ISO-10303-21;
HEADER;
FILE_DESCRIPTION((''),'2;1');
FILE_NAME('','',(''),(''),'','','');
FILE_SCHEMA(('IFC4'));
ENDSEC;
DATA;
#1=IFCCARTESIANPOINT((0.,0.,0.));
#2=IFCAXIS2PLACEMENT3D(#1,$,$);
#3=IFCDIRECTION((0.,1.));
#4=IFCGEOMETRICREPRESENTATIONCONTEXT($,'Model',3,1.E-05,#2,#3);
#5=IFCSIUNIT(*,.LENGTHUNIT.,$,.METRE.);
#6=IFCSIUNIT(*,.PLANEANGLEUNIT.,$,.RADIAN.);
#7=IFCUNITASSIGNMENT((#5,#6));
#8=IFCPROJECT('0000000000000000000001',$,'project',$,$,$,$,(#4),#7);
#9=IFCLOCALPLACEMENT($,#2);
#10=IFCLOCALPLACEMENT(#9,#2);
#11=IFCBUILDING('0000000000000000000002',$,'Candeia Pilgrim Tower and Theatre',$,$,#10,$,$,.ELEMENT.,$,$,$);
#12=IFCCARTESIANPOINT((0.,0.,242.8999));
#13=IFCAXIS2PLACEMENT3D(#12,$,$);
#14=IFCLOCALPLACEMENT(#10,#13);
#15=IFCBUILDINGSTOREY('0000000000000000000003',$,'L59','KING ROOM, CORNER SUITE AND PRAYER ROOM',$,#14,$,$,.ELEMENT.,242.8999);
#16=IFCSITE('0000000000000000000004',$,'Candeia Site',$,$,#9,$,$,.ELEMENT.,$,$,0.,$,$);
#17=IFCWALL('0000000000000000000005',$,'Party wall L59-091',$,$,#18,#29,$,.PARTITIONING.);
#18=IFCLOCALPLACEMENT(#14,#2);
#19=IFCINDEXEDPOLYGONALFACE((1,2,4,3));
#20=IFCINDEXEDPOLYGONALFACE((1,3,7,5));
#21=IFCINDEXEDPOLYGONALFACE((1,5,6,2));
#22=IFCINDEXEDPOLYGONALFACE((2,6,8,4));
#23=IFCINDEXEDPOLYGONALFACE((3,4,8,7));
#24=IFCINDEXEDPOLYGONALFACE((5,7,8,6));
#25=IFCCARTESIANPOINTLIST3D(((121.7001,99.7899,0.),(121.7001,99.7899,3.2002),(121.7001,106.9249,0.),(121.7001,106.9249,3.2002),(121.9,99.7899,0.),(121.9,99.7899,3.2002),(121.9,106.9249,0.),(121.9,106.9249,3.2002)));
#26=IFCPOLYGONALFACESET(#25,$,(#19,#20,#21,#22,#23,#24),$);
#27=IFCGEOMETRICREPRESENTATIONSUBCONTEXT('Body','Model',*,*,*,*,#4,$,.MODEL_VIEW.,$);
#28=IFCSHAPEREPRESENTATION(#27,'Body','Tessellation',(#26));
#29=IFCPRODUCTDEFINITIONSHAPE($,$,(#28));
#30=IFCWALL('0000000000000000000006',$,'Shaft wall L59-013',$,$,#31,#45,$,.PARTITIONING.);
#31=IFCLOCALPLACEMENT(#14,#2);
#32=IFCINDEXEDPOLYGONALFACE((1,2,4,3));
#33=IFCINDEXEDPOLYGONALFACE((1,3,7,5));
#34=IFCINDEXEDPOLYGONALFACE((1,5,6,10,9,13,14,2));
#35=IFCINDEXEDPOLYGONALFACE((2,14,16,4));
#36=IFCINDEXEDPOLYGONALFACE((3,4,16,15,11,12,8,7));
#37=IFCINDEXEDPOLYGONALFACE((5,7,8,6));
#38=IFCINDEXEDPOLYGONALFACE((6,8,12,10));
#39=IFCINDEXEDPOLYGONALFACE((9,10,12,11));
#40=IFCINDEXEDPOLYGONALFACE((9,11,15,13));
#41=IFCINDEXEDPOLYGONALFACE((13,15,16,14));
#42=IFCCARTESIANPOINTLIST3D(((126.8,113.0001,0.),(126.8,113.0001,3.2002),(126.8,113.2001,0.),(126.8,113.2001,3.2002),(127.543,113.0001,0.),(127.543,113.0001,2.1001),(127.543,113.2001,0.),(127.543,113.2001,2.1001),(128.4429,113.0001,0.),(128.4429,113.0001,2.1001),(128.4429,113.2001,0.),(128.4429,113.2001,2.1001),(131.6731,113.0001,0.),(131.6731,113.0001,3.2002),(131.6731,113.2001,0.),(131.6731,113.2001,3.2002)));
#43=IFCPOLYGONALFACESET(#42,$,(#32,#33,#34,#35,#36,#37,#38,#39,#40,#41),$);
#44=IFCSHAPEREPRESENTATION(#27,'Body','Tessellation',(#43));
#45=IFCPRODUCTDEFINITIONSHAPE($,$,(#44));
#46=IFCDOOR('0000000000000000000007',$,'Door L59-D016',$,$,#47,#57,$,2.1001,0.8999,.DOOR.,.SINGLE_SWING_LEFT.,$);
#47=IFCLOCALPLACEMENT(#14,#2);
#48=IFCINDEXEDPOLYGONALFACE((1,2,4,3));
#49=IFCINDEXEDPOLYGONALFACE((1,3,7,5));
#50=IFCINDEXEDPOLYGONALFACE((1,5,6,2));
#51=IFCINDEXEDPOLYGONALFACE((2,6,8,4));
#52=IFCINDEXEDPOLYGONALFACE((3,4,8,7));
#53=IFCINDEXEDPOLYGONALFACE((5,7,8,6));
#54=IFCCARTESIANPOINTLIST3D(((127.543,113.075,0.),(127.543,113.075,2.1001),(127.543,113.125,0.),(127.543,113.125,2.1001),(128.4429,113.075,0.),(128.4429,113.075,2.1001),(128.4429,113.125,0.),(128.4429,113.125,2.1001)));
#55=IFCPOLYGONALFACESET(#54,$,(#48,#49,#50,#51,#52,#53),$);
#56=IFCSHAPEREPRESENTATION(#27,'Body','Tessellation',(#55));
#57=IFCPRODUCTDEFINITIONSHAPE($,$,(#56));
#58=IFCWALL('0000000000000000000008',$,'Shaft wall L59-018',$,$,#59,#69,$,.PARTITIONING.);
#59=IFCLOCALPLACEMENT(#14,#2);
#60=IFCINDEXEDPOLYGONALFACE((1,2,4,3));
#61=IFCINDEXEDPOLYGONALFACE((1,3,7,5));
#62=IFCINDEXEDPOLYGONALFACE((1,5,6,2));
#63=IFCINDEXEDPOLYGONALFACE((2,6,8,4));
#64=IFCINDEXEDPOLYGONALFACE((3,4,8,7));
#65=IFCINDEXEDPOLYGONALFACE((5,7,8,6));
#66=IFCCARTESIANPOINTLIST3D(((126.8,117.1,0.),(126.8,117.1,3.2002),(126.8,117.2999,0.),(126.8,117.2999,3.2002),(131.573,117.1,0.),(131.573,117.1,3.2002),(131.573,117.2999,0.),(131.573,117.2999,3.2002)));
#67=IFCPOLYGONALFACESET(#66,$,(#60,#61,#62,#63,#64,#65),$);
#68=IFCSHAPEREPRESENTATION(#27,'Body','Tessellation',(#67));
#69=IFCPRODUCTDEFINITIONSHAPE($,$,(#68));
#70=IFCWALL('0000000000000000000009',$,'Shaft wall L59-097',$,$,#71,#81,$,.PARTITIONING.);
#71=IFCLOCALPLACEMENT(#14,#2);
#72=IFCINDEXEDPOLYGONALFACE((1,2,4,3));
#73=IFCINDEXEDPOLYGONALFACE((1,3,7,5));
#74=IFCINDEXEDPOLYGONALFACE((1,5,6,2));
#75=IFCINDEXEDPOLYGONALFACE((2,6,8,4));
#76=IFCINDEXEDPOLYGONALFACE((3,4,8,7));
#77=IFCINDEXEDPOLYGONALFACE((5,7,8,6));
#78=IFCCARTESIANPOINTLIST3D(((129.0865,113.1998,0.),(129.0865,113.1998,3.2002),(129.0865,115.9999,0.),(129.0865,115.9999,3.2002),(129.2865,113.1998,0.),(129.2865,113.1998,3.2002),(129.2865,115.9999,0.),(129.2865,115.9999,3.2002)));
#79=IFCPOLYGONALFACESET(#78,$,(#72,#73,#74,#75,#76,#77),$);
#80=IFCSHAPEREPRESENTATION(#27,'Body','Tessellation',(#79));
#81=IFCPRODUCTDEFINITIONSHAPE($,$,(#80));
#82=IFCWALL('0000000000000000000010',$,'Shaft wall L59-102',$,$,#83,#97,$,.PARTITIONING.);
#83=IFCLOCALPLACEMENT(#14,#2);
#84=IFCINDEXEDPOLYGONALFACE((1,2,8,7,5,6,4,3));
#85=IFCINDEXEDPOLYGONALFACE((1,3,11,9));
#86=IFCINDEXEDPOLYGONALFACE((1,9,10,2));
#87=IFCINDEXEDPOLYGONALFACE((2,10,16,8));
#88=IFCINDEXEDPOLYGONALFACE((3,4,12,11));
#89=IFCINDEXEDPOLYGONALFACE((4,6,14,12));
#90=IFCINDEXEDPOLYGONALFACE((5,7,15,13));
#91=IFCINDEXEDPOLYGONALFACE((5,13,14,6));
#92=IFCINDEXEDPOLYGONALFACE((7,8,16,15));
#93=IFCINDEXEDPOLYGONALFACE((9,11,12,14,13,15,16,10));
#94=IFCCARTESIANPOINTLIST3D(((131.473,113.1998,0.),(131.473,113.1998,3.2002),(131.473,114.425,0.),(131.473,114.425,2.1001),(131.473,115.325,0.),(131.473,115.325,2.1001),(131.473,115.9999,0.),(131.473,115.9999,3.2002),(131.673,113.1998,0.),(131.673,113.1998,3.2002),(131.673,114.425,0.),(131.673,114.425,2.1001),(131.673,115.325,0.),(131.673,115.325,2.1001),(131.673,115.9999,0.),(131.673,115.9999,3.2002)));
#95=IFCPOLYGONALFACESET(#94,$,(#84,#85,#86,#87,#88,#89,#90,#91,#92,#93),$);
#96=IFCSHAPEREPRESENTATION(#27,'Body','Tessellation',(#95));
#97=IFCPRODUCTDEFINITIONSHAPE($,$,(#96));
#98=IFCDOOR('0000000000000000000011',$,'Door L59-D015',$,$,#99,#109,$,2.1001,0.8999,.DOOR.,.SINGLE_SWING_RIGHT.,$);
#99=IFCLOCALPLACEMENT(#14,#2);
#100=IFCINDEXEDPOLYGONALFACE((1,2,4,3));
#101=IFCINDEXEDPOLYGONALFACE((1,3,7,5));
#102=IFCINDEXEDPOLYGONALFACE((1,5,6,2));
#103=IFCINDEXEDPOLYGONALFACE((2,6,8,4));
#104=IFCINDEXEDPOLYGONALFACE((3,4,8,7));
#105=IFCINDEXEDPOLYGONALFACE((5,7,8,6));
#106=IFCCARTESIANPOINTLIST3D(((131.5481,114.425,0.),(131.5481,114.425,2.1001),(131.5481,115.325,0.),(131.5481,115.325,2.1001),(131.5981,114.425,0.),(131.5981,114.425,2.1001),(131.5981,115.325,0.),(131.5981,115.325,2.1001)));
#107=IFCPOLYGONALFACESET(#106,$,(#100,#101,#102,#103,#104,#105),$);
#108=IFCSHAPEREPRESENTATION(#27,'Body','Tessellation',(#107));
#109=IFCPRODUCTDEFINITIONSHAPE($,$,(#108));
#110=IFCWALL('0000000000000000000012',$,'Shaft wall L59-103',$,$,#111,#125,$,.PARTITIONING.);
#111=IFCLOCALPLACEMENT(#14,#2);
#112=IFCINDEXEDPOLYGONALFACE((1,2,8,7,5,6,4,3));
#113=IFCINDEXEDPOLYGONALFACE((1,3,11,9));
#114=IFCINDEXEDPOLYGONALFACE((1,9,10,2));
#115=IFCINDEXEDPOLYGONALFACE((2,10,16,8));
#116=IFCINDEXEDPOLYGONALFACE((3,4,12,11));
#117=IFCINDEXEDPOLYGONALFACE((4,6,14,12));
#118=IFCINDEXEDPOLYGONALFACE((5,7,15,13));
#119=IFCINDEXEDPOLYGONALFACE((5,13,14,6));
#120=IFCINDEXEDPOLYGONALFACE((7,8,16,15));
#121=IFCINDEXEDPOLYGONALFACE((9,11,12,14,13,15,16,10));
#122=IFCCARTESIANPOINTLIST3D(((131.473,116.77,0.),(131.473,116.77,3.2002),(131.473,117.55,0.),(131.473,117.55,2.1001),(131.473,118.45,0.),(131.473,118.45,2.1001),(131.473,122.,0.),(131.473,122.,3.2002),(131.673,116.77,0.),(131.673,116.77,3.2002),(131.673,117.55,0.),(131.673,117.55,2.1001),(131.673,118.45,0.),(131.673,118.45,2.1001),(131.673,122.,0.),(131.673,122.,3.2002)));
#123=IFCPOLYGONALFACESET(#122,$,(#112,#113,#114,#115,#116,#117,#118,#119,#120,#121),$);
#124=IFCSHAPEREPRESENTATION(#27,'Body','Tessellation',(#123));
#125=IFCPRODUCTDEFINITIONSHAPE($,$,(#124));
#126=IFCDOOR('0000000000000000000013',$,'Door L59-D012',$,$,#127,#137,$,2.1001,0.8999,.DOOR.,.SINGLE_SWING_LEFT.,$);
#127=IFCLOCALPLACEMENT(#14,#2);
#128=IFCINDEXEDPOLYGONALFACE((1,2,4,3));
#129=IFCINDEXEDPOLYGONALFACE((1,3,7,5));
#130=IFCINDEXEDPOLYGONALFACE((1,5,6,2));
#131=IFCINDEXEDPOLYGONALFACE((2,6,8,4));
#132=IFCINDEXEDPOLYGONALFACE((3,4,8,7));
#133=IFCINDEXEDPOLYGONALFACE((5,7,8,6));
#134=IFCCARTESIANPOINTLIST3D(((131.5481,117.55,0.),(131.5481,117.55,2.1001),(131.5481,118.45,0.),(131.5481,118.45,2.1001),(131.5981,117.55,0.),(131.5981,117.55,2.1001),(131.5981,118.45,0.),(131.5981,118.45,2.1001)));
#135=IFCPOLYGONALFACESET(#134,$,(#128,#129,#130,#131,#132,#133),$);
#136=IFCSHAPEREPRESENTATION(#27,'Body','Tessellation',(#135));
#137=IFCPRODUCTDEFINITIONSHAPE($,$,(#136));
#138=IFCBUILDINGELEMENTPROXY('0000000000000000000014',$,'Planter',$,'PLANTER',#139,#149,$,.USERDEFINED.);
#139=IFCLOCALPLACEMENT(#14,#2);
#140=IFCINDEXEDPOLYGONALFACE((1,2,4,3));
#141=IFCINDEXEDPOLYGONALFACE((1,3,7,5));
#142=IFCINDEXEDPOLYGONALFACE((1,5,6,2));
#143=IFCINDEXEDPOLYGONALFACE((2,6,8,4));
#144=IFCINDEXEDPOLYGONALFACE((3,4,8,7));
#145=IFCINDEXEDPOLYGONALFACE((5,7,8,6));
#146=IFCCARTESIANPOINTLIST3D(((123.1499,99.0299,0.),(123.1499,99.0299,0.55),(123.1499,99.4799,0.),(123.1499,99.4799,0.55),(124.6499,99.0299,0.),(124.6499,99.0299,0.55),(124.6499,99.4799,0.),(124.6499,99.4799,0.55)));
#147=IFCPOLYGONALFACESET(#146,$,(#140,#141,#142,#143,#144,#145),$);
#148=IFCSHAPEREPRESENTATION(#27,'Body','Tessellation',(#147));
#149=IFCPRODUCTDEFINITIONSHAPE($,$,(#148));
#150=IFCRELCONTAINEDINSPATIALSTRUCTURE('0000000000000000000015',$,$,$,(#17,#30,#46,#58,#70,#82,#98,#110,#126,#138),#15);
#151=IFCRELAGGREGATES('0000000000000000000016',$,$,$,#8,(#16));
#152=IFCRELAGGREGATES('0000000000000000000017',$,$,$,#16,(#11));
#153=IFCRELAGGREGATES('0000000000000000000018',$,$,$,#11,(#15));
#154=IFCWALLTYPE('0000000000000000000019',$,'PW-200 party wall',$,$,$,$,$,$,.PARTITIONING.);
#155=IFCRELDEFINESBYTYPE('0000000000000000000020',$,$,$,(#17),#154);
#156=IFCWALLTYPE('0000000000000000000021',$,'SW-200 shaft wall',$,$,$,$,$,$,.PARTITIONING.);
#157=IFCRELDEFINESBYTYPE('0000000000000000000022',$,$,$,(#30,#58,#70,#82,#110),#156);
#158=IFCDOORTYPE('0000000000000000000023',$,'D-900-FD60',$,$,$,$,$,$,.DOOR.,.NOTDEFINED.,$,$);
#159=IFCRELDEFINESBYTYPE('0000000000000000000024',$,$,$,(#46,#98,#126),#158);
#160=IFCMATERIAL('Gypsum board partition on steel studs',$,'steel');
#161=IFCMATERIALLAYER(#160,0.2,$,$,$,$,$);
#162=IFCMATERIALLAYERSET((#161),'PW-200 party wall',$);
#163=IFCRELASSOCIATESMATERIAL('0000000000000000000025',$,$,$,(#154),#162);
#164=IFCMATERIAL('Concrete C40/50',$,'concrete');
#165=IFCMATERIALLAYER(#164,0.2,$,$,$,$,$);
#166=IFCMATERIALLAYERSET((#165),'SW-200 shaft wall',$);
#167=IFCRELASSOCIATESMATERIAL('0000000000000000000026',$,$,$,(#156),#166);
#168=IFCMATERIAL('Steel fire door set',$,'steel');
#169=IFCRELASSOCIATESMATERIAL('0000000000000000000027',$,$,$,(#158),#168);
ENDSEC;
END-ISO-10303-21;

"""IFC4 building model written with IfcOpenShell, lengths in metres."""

from ifc_helpers import new_model, si_unit, direction, frame, frame_2d, origin, origin_2d, place, context, subcontext, project, spatial, rectangle, extrude, material, layer, layer_set, type_object, element, fill, save


model = new_model("IFC4")

# Units and contexts
model_context = context("Model", 3, precision=1e-05, world=origin(), true_north=direction((0.0, 1.0)))
body_context = subcontext(model_context, "Body", "Model", "MODEL_VIEW")
ifc_project = project(units=[si_unit("LENGTHUNIT", "METRE"), si_unit("PLANEANGLEUNIT", "RADIAN")], contexts=[model_context])

# Site, building, storey
site_placement = place(None, origin())
site = spatial("IfcSite", under=ifc_project, at=site_placement, Name="Candeia Site", CompositionType="ELEMENT", RefElevation=0.0)
building_placement = place(site_placement, origin())
building = spatial("IfcBuilding", under=site, at=building_placement, Name="Candeia Pilgrim Tower and Theatre", CompositionType="ELEMENT")
storey_placement = place(building_placement, frame((0.0, 0.0, 242.8999)))
storey = spatial("IfcBuildingStorey", under=building, at=storey_placement, Name="L59", Description="KING ROOM, CORNER SUITE AND PRAYER ROOM", CompositionType="ELEMENT", Elevation=242.8999)

# Shared definitions
ifc_material_1 = material(Name="Steel fire door set", Category="steel")

# Shared definitions
ifc_material_2 = material(Name="Gypsum board partition on steel studs", Category="steel")

# Wall
ifc_layer_1 = layer(ifc_material_2, 0.2)
ifc_layer_set_1 = layer_set([ifc_layer_1], Name="PW-200 party wall")
wall_type_1 = type_object("IfcWallType", Name="PW-200 party wall", PredefinedType="PARTITIONING", material=ifc_layer_set_1)
wall_1_placement = place(storey_placement, frame((121.8, 99.79, 0.0), z_axis=(0.0, 0.0, 1.0), x_axis=(0.0, 1.0, 0.0)))
element("IfcWall", 1, at=wall_1_placement, inside=storey, type_object=wall_type_1, Name="Party wall L59-091", PredefinedType="PARTITIONING", context=body_context, shape_type="SweptSolid", body=[
    extrude(rectangle(XDim=7.135, YDim=0.2, at=frame_2d((3.5674, 0.0))), origin(), (0.0, 0.0, 1.0), 3.2002),
])

# Wall, opening, door
ifc_material_3 = material(Name="Concrete C40/50", Category="concrete")
ifc_layer_2 = layer(ifc_material_3, 0.2)
ifc_layer_set_2 = layer_set([ifc_layer_2], Name="SW-200 shaft wall")
wall_type_2 = type_object("IfcWallType", Name="SW-200 shaft wall", PredefinedType="PARTITIONING", material=ifc_layer_set_2)
wall_2_placement = place(storey_placement, frame((126.8, 113.1001, 0.0), z_axis=(0.0, 0.0, 1.0), x_axis=(1.0, 0.0, 0.0)))
wall_2 = element("IfcWall", 2, at=wall_2_placement, inside=storey, type_object=wall_type_2, Name="Shaft wall L59-013", PredefinedType="PARTITIONING", context=body_context, shape_type="SweptSolid", body=[
    extrude(rectangle(XDim=4.873, YDim=0.2, at=frame_2d((2.4365, 0.0))), origin(), (0.0, 0.0, 1.0), 3.2002),
])
opening_1_placement = place(wall_2_placement, frame((0.7429, 0.0, 0.0)))
opening_1 = element("IfcOpeningElement", 3, at=opening_1_placement, cuts=wall_2, PredefinedType="OPENING", context=body_context, shape_type="SweptSolid", body=[
    extrude(rectangle(XDim=0.8999, YDim=2.1001, at=frame_2d((0.45, 1.05))), frame((0.0, 0.1099, 0.0), z_axis=(0.0, -1.0, 0.0), x_axis=(1.0, 0.0, 0.0)), (0.0, 0.0, 1.0), 0.22),
])
door_type_1 = type_object("IfcDoorType", Name="D-900-FD60", OperationType="NOTDEFINED", PredefinedType="DOOR", material=ifc_material_1)
door_1_placement = place(opening_1_placement, origin())
door_1 = element("IfcDoor", 4, at=door_1_placement, inside=storey, type_object=door_type_1, Name="Door L59-D016", OperationType="SINGLE_SWING_LEFT", OverallHeight=2.1001, OverallWidth=0.8999, PredefinedType="DOOR", context=body_context, shape_type="SweptSolid", body=[
    extrude(rectangle(XDim=0.8999, YDim=2.1001, at=frame_2d((0.45, 1.05))), frame((0.0, 0.0249, 0.0), z_axis=(0.0, -1.0, 0.0), x_axis=(1.0, 0.0, 0.0)), (0.0, 0.0, 1.0), 0.05),
])
fill(opening_1, door_1)

# Walls
wall_3_placement = place(storey_placement, frame((126.8, 117.2, 0.0), z_axis=(0.0, 0.0, 1.0), x_axis=(1.0, 0.0, 0.0)))
element("IfcWall", 5, at=wall_3_placement, inside=storey, type_object=wall_type_2, Name="Shaft wall L59-018", PredefinedType="PARTITIONING", context=body_context, shape_type="SweptSolid", body=[
    extrude(rectangle(XDim=4.7729, YDim=0.2, at=frame_2d((2.3865, 0.0))), origin(), (0.0, 0.0, 1.0), 3.2002),
])
wall_4_placement = place(storey_placement, frame((129.1865, 113.2, 0.0), z_axis=(0.0, 0.0, 1.0), x_axis=(0.0, 1.0, 0.0)))
element("IfcWall", 6, at=wall_4_placement, inside=storey, type_object=wall_type_2, Name="Shaft wall L59-097", PredefinedType="PARTITIONING", context=body_context, shape_type="SweptSolid", body=[
    extrude(rectangle(XDim=2.8, YDim=0.2, at=frame_2d((1.3999, 0.0))), origin(), (0.0, 0.0, 1.0), 3.2002),
])

# Walls, openings, doors
wall_5_placement = place(storey_placement, frame((131.573, 113.2, 0.0), z_axis=(0.0, 0.0, 1.0), x_axis=(0.0, 1.0, 0.0)))
wall_5 = element("IfcWall", 7, at=wall_5_placement, inside=storey, type_object=wall_type_2, Name="Shaft wall L59-102", PredefinedType="PARTITIONING", context=body_context, shape_type="SweptSolid", body=[
    extrude(rectangle(XDim=2.8, YDim=0.2, at=frame_2d((1.3999, 0.0))), origin(), (0.0, 0.0, 1.0), 3.2002),
])
opening_2_placement = place(wall_5_placement, frame((1.2251, 0.0, 0.0)))
opening_2 = element("IfcOpeningElement", 8, at=opening_2_placement, cuts=wall_5, PredefinedType="OPENING", context=body_context, shape_type="SweptSolid", body=[
    extrude(rectangle(XDim=0.8999, YDim=2.1001, at=frame_2d((0.45, 1.05))), frame((0.0, 0.1099, 0.0), z_axis=(0.0, -1.0, 0.0), x_axis=(1.0, 0.0, 0.0)), (0.0, 0.0, 1.0), 0.22),
])
door_2_placement = place(opening_2_placement, origin())
door_2 = element("IfcDoor", 9, at=door_2_placement, inside=storey, type_object=door_type_1, Name="Door L59-D015", OperationType="SINGLE_SWING_RIGHT", OverallHeight=2.1001, OverallWidth=0.8999, PredefinedType="DOOR", context=body_context, shape_type="SweptSolid", body=[
    extrude(rectangle(XDim=0.8999, YDim=2.1001, at=frame_2d((0.45, 1.05))), frame((0.0, 0.0249, 0.0), z_axis=(0.0, -1.0, 0.0), x_axis=(1.0, 0.0, 0.0)), (0.0, 0.0, 1.0), 0.05),
])
fill(opening_2, door_2)
wall_6_placement = place(storey_placement, frame((131.573, 116.77, 0.0), z_axis=(0.0, 0.0, 1.0), x_axis=(0.0, 1.0, 0.0)))
wall_6 = element("IfcWall", 10, at=wall_6_placement, inside=storey, type_object=wall_type_2, Name="Shaft wall L59-103", PredefinedType="PARTITIONING", context=body_context, shape_type="SweptSolid", body=[
    extrude(rectangle(XDim=5.23, YDim=0.2, at=frame_2d((2.615, 0.0))), origin(), (0.0, 0.0, 1.0), 3.2002),
])
opening_3_placement = place(wall_6_placement, frame((0.78, 0.0, 0.0)))
opening_3 = element("IfcOpeningElement", 11, at=opening_3_placement, cuts=wall_6, PredefinedType="OPENING", context=body_context, shape_type="SweptSolid", body=[
    extrude(rectangle(XDim=0.8999, YDim=2.1001, at=frame_2d((0.45, 1.05))), frame((0.0, 0.1099, 0.0), z_axis=(0.0, -1.0, 0.0), x_axis=(1.0, 0.0, 0.0)), (0.0, 0.0, 1.0), 0.22),
])
door_3_placement = place(opening_3_placement, origin())
door_3 = element("IfcDoor", 12, at=door_3_placement, inside=storey, type_object=door_type_1, Name="Door L59-D012", OperationType="SINGLE_SWING_LEFT", OverallHeight=2.1001, OverallWidth=0.8999, PredefinedType="DOOR", context=body_context, shape_type="SweptSolid", body=[
    extrude(rectangle(XDim=0.8999, YDim=2.1001, at=frame_2d((0.45, 1.05))), frame((0.0, 0.0249, 0.0), z_axis=(0.0, -1.0, 0.0), x_axis=(1.0, 0.0, 0.0)), (0.0, 0.0, 1.0), 0.05),
])
fill(opening_3, door_3)

# Building element proxy
proxy_placement = place(storey_placement, frame((123.8999, 99.2549, 0.0), z_axis=(0.0, 0.0, 1.0), x_axis=(1.0, 0.0, 0.0)))
element("IfcBuildingElementProxy", 13, at=proxy_placement, inside=storey, Name="Planter", ObjectType="PLANTER", PredefinedType="USERDEFINED", context=body_context, shape_type="SweptSolid", body=[
    extrude(rectangle(XDim=1.5, YDim=0.45, at=origin_2d()), origin(), (0.0, 0.0, 1.0), 0.55),
])

save(model, "model.ifc")
